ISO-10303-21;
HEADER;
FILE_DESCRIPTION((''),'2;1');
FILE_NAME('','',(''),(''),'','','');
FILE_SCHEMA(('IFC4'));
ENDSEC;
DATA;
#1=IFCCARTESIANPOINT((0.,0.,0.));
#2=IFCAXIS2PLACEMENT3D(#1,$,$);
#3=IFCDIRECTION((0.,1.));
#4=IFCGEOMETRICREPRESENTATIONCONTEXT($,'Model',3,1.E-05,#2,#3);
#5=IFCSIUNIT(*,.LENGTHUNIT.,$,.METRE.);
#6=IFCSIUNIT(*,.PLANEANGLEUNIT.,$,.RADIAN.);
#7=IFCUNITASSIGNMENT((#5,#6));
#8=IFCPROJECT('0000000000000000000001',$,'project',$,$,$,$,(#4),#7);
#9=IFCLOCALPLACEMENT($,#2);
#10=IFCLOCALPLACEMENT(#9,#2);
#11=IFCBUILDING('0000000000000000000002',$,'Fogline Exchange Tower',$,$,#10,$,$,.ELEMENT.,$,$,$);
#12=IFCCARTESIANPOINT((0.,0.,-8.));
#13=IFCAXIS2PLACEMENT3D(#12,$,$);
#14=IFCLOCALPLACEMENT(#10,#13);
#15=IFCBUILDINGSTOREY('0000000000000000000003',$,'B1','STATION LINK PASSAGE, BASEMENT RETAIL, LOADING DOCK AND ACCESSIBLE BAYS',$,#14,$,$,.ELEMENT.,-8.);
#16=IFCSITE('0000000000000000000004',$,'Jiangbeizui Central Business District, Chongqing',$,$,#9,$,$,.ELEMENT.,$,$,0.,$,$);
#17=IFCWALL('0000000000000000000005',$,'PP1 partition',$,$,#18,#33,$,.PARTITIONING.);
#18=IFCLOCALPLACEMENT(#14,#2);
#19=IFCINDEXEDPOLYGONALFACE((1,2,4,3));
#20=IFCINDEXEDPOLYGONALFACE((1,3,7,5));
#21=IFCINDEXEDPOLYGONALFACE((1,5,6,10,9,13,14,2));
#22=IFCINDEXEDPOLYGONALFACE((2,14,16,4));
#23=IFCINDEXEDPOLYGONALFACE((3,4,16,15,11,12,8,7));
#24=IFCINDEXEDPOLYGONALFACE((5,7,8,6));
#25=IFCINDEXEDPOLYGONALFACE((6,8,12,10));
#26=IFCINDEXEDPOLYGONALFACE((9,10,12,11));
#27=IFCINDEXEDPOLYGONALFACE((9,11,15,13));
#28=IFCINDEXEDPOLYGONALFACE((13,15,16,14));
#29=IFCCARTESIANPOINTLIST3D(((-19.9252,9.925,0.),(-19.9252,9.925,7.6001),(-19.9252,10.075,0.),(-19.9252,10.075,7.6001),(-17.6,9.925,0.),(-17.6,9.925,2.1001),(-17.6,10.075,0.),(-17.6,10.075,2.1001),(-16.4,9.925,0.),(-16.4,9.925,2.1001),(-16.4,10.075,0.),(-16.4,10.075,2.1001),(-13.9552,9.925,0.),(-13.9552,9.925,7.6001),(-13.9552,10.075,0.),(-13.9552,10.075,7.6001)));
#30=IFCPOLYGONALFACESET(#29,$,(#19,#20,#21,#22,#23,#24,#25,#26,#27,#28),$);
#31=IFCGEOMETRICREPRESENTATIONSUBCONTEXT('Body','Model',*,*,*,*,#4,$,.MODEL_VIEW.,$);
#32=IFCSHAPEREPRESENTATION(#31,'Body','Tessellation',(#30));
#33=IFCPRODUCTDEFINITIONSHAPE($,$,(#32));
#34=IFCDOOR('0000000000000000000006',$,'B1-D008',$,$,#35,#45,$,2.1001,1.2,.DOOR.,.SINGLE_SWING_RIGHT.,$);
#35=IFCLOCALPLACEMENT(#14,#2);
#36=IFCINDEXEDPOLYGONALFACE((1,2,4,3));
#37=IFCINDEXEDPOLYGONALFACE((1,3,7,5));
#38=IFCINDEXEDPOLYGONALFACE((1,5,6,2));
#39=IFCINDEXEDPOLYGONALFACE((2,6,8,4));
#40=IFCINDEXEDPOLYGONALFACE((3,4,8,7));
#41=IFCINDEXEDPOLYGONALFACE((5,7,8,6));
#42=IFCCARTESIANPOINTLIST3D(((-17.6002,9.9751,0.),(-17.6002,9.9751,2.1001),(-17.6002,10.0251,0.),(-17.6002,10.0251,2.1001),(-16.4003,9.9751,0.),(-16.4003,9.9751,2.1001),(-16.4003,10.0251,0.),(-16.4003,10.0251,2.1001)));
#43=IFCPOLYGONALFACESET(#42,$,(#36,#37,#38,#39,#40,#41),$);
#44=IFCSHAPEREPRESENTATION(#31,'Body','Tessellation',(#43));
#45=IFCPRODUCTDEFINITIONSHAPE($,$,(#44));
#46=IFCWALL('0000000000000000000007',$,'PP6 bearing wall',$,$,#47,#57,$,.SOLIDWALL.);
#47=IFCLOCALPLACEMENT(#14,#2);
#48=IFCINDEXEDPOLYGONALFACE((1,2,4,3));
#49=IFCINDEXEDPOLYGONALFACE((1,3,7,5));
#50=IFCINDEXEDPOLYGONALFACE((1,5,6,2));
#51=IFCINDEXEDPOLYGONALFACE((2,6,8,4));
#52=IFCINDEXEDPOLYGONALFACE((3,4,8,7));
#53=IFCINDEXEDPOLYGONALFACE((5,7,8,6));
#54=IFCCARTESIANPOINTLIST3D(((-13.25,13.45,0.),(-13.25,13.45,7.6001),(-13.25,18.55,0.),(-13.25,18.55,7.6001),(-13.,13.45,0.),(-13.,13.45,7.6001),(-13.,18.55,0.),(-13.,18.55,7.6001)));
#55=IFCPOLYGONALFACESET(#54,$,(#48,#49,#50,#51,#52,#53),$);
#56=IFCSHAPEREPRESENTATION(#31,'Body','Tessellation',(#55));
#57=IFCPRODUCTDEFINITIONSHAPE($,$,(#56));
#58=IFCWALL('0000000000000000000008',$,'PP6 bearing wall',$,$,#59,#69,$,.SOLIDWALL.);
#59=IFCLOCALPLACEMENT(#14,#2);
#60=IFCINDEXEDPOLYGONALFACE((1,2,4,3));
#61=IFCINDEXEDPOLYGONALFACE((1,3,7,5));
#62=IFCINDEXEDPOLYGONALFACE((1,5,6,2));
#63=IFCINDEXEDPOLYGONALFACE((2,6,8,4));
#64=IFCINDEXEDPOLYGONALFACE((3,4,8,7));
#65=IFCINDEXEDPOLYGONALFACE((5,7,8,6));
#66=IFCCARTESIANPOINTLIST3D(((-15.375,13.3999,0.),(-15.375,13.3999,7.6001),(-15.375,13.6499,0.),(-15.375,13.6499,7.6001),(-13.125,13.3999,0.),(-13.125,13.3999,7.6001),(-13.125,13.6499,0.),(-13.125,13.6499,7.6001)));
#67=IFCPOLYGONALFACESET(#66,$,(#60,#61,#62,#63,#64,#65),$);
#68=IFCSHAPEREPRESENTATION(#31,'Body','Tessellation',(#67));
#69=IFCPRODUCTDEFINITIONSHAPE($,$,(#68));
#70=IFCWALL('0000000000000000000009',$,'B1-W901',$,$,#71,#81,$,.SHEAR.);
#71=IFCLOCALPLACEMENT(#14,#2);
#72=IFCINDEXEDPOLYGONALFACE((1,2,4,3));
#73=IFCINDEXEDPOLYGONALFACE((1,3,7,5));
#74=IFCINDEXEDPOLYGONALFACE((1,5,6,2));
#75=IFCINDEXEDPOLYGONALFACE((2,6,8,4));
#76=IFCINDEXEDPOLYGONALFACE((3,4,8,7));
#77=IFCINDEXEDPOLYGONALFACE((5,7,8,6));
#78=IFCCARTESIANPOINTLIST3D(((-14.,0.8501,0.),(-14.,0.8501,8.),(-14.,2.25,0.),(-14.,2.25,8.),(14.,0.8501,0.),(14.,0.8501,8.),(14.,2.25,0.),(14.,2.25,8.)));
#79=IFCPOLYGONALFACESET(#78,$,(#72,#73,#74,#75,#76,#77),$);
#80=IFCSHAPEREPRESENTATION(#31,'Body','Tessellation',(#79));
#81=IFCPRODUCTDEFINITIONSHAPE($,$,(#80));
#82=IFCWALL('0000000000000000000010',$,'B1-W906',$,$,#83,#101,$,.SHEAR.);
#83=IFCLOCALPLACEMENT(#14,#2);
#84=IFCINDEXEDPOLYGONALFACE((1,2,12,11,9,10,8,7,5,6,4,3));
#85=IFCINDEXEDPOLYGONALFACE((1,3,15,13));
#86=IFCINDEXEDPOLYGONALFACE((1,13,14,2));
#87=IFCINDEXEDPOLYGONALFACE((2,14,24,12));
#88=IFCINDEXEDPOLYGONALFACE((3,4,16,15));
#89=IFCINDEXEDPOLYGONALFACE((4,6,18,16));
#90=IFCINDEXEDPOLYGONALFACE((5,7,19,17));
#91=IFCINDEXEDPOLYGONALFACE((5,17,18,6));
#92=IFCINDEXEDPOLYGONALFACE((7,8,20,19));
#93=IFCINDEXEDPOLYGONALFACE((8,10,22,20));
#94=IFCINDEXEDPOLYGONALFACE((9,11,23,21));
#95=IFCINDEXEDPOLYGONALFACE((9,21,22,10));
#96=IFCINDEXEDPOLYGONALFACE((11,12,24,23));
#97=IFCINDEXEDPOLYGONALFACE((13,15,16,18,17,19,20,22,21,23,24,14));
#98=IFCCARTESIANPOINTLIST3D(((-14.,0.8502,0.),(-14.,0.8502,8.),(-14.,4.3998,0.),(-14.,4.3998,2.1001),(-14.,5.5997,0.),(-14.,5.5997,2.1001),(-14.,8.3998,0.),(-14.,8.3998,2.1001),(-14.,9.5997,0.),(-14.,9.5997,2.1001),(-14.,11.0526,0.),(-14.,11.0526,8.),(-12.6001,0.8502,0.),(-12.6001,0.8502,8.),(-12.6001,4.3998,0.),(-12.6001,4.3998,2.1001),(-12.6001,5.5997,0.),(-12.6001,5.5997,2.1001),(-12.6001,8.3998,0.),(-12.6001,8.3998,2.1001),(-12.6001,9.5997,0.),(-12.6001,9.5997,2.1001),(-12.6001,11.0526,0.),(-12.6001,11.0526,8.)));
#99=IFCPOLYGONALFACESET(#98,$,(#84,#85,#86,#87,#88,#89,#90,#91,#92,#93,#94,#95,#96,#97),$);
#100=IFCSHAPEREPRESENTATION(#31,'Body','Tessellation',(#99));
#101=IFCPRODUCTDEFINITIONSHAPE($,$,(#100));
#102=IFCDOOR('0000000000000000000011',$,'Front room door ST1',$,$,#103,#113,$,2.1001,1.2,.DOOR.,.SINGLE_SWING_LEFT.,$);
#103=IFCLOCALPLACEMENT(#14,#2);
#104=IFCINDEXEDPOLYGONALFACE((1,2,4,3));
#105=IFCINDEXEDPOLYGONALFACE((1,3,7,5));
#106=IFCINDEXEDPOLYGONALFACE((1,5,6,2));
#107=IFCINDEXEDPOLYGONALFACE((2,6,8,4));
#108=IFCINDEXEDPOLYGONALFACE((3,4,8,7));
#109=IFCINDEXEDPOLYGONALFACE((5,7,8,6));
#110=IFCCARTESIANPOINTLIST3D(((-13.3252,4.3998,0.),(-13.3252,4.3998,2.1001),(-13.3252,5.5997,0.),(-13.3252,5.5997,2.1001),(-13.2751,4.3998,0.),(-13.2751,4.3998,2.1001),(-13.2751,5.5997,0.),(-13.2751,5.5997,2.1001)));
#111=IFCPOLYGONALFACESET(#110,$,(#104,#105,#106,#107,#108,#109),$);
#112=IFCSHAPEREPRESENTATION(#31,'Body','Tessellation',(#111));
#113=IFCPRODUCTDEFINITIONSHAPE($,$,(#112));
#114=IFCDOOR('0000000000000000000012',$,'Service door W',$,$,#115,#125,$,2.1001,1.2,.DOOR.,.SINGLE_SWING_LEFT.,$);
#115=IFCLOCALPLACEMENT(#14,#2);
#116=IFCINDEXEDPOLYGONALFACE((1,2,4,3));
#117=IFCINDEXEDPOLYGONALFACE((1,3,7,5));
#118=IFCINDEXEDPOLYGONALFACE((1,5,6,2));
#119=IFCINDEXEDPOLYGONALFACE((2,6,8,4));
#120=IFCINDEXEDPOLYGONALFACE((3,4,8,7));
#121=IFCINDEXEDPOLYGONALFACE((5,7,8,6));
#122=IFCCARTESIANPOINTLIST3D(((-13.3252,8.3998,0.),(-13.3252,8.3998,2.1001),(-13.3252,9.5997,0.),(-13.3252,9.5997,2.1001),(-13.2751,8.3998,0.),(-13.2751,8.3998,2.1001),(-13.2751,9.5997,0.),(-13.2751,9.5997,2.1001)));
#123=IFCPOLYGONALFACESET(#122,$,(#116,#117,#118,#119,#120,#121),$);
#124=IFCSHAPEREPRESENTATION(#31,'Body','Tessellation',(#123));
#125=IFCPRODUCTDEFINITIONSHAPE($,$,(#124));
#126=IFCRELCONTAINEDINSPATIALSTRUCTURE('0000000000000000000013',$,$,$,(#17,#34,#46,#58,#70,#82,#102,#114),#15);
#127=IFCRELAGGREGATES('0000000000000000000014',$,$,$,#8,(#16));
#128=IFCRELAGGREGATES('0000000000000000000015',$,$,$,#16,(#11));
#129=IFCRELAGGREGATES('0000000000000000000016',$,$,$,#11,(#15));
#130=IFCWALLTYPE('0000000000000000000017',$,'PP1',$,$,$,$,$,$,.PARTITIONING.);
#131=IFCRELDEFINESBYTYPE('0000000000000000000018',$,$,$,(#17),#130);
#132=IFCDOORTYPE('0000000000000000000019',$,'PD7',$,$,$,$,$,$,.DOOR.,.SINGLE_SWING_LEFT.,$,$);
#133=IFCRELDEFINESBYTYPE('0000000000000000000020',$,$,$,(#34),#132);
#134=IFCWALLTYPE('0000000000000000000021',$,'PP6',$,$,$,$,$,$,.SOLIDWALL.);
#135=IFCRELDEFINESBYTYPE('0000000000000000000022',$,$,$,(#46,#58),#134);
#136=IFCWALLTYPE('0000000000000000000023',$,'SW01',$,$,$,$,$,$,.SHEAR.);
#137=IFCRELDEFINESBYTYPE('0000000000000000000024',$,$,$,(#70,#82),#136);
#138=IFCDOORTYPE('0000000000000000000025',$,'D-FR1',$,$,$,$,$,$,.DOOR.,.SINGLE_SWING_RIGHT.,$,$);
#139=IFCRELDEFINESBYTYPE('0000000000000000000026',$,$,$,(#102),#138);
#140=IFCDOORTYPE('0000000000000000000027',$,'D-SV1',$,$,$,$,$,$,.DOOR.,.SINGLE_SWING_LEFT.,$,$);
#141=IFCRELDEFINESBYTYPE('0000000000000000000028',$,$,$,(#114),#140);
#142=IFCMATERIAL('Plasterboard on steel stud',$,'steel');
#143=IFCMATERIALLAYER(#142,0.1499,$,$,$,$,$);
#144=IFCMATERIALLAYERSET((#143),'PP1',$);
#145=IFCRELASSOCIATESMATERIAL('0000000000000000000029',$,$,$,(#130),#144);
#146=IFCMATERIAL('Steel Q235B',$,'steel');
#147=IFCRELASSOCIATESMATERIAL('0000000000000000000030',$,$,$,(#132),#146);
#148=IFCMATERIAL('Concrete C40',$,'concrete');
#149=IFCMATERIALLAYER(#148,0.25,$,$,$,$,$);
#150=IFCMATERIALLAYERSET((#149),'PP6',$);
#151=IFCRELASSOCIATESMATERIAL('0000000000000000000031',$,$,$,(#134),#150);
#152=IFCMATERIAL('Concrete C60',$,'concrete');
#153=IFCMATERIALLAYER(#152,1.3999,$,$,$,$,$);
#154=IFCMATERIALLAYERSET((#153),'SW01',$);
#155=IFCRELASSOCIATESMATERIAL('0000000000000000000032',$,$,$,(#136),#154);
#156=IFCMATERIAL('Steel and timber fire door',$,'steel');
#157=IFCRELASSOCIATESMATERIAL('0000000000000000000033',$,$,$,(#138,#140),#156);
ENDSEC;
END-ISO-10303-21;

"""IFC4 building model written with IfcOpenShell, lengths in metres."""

from ifc_helpers import new_model, si_unit, direction, frame, frame_2d, origin, place, context, subcontext, project, spatial, rectangle, extrude, material, layer, layer_set, type_object, element, fill, save


model = new_model("IFC4")

# Units and contexts
model_context = context("Model", 3, precision=1e-05, world=origin(), true_north=direction((0.0, 1.0)))
body_context = subcontext(model_context, "Body", "Model", "MODEL_VIEW")
ifc_project = project(units=[si_unit("LENGTHUNIT", "METRE"), si_unit("PLANEANGLEUNIT", "RADIAN")], contexts=[model_context])

# Site, building, storey
site_placement = place(None, origin())
site = spatial("IfcSite", under=ifc_project, at=site_placement, Name="Jiangbeizui Central Business District, Chongqing", CompositionType="ELEMENT", RefElevation=0.0)
building_placement = place(site_placement, origin())
building = spatial("IfcBuilding", under=site, at=building_placement, Name="Fogline Exchange Tower", CompositionType="ELEMENT")
storey_placement = place(building_placement, frame((0.0, 0.0, -8.0)))
storey = spatial("IfcBuildingStorey", under=building, at=storey_placement, Name="B1", Description="STATION LINK PASSAGE, BASEMENT RETAIL, LOADING DOCK AND ACCESSIBLE BAYS", CompositionType="ELEMENT", Elevation=-8.0)

# Shared definitions
ifc_material_1 = material(Name="Concrete C40", Category="concrete")

# Shared definitions
ifc_material_2 = material(Name="Steel and timber fire door", Category="steel")

# Shared definitions
ifc_material_3 = material(Name="Plasterboard on steel stud", Category="steel")
ifc_layer_1 = layer(ifc_material_3, 0.1499)
ifc_layer_set_1 = layer_set([ifc_layer_1], Name="PP1")
wall_type_1 = type_object("IfcWallType", Name="PP1", PredefinedType="PARTITIONING", material=ifc_layer_set_1)

# Wall, opening, door
wall_1_placement = place(storey_placement, frame((-19.925, 10.0, 0.0), z_axis=(0.0, 0.0, 1.0), x_axis=(1.0, 0.0, 0.0)))
wall_1 = element("IfcWall", 1, at=wall_1_placement, inside=storey, type_object=wall_type_1, Name="PP1 partition", PredefinedType="PARTITIONING", context=body_context, shape_type="SweptSolid", body=[
    extrude(rectangle(XDim=5.97, YDim=0.1499, at=frame_2d((2.9849, 0.0))), origin(), (0.0, 0.0, 1.0), 7.6001),
])
opening_1_placement = place(wall_1_placement, frame((2.325, 0.0, 0.0)))
opening_1 = element("IfcOpeningElement", 2, at=opening_1_placement, cuts=wall_1, PredefinedType="OPENING", context=body_context, shape_type="SweptSolid", body=[
    extrude(rectangle(XDim=1.2, YDim=2.1001, at=frame_2d((0.6001, 1.05))), frame((0.0, 0.085, 0.0), z_axis=(0.0, -1.0, 0.0), x_axis=(1.0, 0.0, 0.0)), (0.0, 0.0, 1.0), 0.1699),
])
ifc_material_4 = material(Name="Steel Q235B", Category="steel")
door_type_1 = type_object("IfcDoorType", Name="PD7", OperationType="SINGLE_SWING_LEFT", PredefinedType="DOOR", material=ifc_material_4)
door_1_placement = place(opening_1_placement, frame((1.2, 0.0, 0.0), z_axis=(0.0, 0.0, 1.0), x_axis=(-1.0, 0.0, 0.0)))
door_1 = element("IfcDoor", 3, at=door_1_placement, inside=storey, type_object=door_type_1, Name="B1-D008", OperationType="SINGLE_SWING_RIGHT", OverallHeight=2.1001, OverallWidth=1.2, PredefinedType="DOOR", context=body_context, shape_type="SweptSolid", body=[
    extrude(rectangle(XDim=1.2, YDim=2.1001, at=frame_2d((0.6001, 1.05))), frame((0.0, 0.0249, 0.0), z_axis=(0.0, -1.0, 0.0), x_axis=(1.0, 0.0, 0.0)), (0.0, 0.0, 1.0), 0.05),
])
fill(opening_1, door_1)

# Walls
ifc_layer_2 = layer(ifc_material_1, 0.25)
ifc_layer_set_2 = layer_set([ifc_layer_2], Name="PP6")
wall_type_2 = type_object("IfcWallType", Name="PP6", PredefinedType="SOLIDWALL", material=ifc_layer_set_2)
wall_2_placement = place(storey_placement, frame((-13.125, 13.45, 0.0), z_axis=(0.0, 0.0, 1.0), x_axis=(0.0, 1.0, 0.0)))
element("IfcWall", 4, at=wall_2_placement, inside=storey, type_object=wall_type_2, Name="PP6 bearing wall", PredefinedType="SOLIDWALL", context=body_context, shape_type="SweptSolid", body=[
    extrude(rectangle(XDim=5.1001, YDim=0.25, at=frame_2d((2.55, 0.0))), origin(), (0.0, 0.0, 1.0), 7.6001),
])
wall_3_placement = place(storey_placement, frame((-13.125, 13.5249, 0.0), z_axis=(0.0, 0.0, 1.0), x_axis=(-1.0, 0.0, 0.0)))
element("IfcWall", 5, at=wall_3_placement, inside=storey, type_object=wall_type_2, Name="PP6 bearing wall", PredefinedType="SOLIDWALL", context=body_context, shape_type="SweptSolid", body=[
    extrude(rectangle(XDim=2.25, YDim=0.25, at=frame_2d((1.125, 0.0))), origin(), (0.0, 0.0, 1.0), 7.6001),
])
ifc_material_5 = material(Name="Concrete C60", Category="concrete")
ifc_layer_3 = layer(ifc_material_5, 1.3999)
ifc_layer_set_3 = layer_set([ifc_layer_3], Name="SW01")
wall_type_3 = type_object("IfcWallType", Name="SW01", PredefinedType="SHEAR", material=ifc_layer_set_3)
wall_4_placement = place(storey_placement, frame((-14.0, 1.55, 0.0), z_axis=(0.0, 0.0, 1.0), x_axis=(1.0, 0.0, 0.0)))
element("IfcWall", 6, at=wall_4_placement, inside=storey, type_object=wall_type_3, Name="B1-W901", PredefinedType="SHEAR", context=body_context, shape_type="SweptSolid", body=[
    extrude(rectangle(XDim=28.0, YDim=1.3999, at=frame_2d((14.0, 0.0))), origin(), (0.0, 0.0, 1.0), 8.0),
])

# Wall, openings, doors
wall_5_placement = place(storey_placement, frame((-13.3, 11.0525, 0.0), z_axis=(0.0, 0.0, 1.0), x_axis=(0.0, -1.0, 0.0)))
wall_5 = element("IfcWall", 7, at=wall_5_placement, inside=storey, type_object=wall_type_3, Name="B1-W906", PredefinedType="SHEAR", context=body_context, shape_type="SweptSolid", body=[
    extrude(rectangle(XDim=10.2024, YDim=1.3999, at=frame_2d((5.1011, 0.0))), origin(), (0.0, 0.0, 1.0), 8.0),
])
opening_2_placement = place(wall_5_placement, frame((5.4526, 0.0, 0.0)))
opening_2 = element("IfcOpeningElement", 8, at=opening_2_placement, cuts=wall_5, PredefinedType="OPENING", context=body_context, shape_type="SweptSolid", body=[
    extrude(rectangle(XDim=1.2, YDim=2.1001, at=frame_2d((0.6001, 1.05))), frame((0.0, 0.71, 0.0), z_axis=(0.0, -1.0, 0.0), x_axis=(1.0, 0.0, 0.0)), (0.0, 0.0, 1.0), 1.4199),
])
opening_3_placement = place(wall_5_placement, frame((1.4526, 0.0, 0.0)))
opening_3 = element("IfcOpeningElement", 9, at=opening_3_placement, cuts=wall_5, PredefinedType="OPENING", context=body_context, shape_type="SweptSolid", body=[
    extrude(rectangle(XDim=1.2, YDim=2.1001, at=frame_2d((0.6001, 1.05))), frame((0.0, 0.71, 0.0), z_axis=(0.0, -1.0, 0.0), x_axis=(1.0, 0.0, 0.0)), (0.0, 0.0, 1.0), 1.4199),
])
door_type_2 = type_object("IfcDoorType", Name="D-FR1", OperationType="SINGLE_SWING_RIGHT", PredefinedType="DOOR", material=ifc_material_2)
door_2_placement = place(opening_2_placement, origin())
door_2 = element("IfcDoor", 10, at=door_2_placement, inside=storey, type_object=door_type_2, Name="Front room door ST1", OperationType="SINGLE_SWING_LEFT", OverallHeight=2.1001, OverallWidth=1.2, PredefinedType="DOOR", context=body_context, shape_type="SweptSolid", body=[
    extrude(rectangle(XDim=1.2, YDim=2.1001, at=frame_2d((0.6001, 1.05))), frame((0.0, 0.0249, 0.0), z_axis=(0.0, -1.0, 0.0), x_axis=(1.0, 0.0, 0.0)), (0.0, 0.0, 1.0), 0.05),
])
fill(opening_2, door_2)
door_type_3 = type_object("IfcDoorType", Name="D-SV1", OperationType="SINGLE_SWING_LEFT", PredefinedType="DOOR", material=ifc_material_2)
door_3_placement = place(opening_3_placement, origin())
door_3 = element("IfcDoor", 11, at=door_3_placement, inside=storey, type_object=door_type_3, Name="Service door W", OperationType="SINGLE_SWING_LEFT", OverallHeight=2.1001, OverallWidth=1.2, PredefinedType="DOOR", context=body_context, shape_type="SweptSolid", body=[
    extrude(rectangle(XDim=1.2, YDim=2.1001, at=frame_2d((0.6001, 1.05))), frame((0.0, 0.0249, 0.0), z_axis=(0.0, -1.0, 0.0), x_axis=(1.0, 0.0, 0.0)), (0.0, 0.0, 1.0), 0.05),
])
fill(opening_3, door_3)

save(model, "model.ifc")
